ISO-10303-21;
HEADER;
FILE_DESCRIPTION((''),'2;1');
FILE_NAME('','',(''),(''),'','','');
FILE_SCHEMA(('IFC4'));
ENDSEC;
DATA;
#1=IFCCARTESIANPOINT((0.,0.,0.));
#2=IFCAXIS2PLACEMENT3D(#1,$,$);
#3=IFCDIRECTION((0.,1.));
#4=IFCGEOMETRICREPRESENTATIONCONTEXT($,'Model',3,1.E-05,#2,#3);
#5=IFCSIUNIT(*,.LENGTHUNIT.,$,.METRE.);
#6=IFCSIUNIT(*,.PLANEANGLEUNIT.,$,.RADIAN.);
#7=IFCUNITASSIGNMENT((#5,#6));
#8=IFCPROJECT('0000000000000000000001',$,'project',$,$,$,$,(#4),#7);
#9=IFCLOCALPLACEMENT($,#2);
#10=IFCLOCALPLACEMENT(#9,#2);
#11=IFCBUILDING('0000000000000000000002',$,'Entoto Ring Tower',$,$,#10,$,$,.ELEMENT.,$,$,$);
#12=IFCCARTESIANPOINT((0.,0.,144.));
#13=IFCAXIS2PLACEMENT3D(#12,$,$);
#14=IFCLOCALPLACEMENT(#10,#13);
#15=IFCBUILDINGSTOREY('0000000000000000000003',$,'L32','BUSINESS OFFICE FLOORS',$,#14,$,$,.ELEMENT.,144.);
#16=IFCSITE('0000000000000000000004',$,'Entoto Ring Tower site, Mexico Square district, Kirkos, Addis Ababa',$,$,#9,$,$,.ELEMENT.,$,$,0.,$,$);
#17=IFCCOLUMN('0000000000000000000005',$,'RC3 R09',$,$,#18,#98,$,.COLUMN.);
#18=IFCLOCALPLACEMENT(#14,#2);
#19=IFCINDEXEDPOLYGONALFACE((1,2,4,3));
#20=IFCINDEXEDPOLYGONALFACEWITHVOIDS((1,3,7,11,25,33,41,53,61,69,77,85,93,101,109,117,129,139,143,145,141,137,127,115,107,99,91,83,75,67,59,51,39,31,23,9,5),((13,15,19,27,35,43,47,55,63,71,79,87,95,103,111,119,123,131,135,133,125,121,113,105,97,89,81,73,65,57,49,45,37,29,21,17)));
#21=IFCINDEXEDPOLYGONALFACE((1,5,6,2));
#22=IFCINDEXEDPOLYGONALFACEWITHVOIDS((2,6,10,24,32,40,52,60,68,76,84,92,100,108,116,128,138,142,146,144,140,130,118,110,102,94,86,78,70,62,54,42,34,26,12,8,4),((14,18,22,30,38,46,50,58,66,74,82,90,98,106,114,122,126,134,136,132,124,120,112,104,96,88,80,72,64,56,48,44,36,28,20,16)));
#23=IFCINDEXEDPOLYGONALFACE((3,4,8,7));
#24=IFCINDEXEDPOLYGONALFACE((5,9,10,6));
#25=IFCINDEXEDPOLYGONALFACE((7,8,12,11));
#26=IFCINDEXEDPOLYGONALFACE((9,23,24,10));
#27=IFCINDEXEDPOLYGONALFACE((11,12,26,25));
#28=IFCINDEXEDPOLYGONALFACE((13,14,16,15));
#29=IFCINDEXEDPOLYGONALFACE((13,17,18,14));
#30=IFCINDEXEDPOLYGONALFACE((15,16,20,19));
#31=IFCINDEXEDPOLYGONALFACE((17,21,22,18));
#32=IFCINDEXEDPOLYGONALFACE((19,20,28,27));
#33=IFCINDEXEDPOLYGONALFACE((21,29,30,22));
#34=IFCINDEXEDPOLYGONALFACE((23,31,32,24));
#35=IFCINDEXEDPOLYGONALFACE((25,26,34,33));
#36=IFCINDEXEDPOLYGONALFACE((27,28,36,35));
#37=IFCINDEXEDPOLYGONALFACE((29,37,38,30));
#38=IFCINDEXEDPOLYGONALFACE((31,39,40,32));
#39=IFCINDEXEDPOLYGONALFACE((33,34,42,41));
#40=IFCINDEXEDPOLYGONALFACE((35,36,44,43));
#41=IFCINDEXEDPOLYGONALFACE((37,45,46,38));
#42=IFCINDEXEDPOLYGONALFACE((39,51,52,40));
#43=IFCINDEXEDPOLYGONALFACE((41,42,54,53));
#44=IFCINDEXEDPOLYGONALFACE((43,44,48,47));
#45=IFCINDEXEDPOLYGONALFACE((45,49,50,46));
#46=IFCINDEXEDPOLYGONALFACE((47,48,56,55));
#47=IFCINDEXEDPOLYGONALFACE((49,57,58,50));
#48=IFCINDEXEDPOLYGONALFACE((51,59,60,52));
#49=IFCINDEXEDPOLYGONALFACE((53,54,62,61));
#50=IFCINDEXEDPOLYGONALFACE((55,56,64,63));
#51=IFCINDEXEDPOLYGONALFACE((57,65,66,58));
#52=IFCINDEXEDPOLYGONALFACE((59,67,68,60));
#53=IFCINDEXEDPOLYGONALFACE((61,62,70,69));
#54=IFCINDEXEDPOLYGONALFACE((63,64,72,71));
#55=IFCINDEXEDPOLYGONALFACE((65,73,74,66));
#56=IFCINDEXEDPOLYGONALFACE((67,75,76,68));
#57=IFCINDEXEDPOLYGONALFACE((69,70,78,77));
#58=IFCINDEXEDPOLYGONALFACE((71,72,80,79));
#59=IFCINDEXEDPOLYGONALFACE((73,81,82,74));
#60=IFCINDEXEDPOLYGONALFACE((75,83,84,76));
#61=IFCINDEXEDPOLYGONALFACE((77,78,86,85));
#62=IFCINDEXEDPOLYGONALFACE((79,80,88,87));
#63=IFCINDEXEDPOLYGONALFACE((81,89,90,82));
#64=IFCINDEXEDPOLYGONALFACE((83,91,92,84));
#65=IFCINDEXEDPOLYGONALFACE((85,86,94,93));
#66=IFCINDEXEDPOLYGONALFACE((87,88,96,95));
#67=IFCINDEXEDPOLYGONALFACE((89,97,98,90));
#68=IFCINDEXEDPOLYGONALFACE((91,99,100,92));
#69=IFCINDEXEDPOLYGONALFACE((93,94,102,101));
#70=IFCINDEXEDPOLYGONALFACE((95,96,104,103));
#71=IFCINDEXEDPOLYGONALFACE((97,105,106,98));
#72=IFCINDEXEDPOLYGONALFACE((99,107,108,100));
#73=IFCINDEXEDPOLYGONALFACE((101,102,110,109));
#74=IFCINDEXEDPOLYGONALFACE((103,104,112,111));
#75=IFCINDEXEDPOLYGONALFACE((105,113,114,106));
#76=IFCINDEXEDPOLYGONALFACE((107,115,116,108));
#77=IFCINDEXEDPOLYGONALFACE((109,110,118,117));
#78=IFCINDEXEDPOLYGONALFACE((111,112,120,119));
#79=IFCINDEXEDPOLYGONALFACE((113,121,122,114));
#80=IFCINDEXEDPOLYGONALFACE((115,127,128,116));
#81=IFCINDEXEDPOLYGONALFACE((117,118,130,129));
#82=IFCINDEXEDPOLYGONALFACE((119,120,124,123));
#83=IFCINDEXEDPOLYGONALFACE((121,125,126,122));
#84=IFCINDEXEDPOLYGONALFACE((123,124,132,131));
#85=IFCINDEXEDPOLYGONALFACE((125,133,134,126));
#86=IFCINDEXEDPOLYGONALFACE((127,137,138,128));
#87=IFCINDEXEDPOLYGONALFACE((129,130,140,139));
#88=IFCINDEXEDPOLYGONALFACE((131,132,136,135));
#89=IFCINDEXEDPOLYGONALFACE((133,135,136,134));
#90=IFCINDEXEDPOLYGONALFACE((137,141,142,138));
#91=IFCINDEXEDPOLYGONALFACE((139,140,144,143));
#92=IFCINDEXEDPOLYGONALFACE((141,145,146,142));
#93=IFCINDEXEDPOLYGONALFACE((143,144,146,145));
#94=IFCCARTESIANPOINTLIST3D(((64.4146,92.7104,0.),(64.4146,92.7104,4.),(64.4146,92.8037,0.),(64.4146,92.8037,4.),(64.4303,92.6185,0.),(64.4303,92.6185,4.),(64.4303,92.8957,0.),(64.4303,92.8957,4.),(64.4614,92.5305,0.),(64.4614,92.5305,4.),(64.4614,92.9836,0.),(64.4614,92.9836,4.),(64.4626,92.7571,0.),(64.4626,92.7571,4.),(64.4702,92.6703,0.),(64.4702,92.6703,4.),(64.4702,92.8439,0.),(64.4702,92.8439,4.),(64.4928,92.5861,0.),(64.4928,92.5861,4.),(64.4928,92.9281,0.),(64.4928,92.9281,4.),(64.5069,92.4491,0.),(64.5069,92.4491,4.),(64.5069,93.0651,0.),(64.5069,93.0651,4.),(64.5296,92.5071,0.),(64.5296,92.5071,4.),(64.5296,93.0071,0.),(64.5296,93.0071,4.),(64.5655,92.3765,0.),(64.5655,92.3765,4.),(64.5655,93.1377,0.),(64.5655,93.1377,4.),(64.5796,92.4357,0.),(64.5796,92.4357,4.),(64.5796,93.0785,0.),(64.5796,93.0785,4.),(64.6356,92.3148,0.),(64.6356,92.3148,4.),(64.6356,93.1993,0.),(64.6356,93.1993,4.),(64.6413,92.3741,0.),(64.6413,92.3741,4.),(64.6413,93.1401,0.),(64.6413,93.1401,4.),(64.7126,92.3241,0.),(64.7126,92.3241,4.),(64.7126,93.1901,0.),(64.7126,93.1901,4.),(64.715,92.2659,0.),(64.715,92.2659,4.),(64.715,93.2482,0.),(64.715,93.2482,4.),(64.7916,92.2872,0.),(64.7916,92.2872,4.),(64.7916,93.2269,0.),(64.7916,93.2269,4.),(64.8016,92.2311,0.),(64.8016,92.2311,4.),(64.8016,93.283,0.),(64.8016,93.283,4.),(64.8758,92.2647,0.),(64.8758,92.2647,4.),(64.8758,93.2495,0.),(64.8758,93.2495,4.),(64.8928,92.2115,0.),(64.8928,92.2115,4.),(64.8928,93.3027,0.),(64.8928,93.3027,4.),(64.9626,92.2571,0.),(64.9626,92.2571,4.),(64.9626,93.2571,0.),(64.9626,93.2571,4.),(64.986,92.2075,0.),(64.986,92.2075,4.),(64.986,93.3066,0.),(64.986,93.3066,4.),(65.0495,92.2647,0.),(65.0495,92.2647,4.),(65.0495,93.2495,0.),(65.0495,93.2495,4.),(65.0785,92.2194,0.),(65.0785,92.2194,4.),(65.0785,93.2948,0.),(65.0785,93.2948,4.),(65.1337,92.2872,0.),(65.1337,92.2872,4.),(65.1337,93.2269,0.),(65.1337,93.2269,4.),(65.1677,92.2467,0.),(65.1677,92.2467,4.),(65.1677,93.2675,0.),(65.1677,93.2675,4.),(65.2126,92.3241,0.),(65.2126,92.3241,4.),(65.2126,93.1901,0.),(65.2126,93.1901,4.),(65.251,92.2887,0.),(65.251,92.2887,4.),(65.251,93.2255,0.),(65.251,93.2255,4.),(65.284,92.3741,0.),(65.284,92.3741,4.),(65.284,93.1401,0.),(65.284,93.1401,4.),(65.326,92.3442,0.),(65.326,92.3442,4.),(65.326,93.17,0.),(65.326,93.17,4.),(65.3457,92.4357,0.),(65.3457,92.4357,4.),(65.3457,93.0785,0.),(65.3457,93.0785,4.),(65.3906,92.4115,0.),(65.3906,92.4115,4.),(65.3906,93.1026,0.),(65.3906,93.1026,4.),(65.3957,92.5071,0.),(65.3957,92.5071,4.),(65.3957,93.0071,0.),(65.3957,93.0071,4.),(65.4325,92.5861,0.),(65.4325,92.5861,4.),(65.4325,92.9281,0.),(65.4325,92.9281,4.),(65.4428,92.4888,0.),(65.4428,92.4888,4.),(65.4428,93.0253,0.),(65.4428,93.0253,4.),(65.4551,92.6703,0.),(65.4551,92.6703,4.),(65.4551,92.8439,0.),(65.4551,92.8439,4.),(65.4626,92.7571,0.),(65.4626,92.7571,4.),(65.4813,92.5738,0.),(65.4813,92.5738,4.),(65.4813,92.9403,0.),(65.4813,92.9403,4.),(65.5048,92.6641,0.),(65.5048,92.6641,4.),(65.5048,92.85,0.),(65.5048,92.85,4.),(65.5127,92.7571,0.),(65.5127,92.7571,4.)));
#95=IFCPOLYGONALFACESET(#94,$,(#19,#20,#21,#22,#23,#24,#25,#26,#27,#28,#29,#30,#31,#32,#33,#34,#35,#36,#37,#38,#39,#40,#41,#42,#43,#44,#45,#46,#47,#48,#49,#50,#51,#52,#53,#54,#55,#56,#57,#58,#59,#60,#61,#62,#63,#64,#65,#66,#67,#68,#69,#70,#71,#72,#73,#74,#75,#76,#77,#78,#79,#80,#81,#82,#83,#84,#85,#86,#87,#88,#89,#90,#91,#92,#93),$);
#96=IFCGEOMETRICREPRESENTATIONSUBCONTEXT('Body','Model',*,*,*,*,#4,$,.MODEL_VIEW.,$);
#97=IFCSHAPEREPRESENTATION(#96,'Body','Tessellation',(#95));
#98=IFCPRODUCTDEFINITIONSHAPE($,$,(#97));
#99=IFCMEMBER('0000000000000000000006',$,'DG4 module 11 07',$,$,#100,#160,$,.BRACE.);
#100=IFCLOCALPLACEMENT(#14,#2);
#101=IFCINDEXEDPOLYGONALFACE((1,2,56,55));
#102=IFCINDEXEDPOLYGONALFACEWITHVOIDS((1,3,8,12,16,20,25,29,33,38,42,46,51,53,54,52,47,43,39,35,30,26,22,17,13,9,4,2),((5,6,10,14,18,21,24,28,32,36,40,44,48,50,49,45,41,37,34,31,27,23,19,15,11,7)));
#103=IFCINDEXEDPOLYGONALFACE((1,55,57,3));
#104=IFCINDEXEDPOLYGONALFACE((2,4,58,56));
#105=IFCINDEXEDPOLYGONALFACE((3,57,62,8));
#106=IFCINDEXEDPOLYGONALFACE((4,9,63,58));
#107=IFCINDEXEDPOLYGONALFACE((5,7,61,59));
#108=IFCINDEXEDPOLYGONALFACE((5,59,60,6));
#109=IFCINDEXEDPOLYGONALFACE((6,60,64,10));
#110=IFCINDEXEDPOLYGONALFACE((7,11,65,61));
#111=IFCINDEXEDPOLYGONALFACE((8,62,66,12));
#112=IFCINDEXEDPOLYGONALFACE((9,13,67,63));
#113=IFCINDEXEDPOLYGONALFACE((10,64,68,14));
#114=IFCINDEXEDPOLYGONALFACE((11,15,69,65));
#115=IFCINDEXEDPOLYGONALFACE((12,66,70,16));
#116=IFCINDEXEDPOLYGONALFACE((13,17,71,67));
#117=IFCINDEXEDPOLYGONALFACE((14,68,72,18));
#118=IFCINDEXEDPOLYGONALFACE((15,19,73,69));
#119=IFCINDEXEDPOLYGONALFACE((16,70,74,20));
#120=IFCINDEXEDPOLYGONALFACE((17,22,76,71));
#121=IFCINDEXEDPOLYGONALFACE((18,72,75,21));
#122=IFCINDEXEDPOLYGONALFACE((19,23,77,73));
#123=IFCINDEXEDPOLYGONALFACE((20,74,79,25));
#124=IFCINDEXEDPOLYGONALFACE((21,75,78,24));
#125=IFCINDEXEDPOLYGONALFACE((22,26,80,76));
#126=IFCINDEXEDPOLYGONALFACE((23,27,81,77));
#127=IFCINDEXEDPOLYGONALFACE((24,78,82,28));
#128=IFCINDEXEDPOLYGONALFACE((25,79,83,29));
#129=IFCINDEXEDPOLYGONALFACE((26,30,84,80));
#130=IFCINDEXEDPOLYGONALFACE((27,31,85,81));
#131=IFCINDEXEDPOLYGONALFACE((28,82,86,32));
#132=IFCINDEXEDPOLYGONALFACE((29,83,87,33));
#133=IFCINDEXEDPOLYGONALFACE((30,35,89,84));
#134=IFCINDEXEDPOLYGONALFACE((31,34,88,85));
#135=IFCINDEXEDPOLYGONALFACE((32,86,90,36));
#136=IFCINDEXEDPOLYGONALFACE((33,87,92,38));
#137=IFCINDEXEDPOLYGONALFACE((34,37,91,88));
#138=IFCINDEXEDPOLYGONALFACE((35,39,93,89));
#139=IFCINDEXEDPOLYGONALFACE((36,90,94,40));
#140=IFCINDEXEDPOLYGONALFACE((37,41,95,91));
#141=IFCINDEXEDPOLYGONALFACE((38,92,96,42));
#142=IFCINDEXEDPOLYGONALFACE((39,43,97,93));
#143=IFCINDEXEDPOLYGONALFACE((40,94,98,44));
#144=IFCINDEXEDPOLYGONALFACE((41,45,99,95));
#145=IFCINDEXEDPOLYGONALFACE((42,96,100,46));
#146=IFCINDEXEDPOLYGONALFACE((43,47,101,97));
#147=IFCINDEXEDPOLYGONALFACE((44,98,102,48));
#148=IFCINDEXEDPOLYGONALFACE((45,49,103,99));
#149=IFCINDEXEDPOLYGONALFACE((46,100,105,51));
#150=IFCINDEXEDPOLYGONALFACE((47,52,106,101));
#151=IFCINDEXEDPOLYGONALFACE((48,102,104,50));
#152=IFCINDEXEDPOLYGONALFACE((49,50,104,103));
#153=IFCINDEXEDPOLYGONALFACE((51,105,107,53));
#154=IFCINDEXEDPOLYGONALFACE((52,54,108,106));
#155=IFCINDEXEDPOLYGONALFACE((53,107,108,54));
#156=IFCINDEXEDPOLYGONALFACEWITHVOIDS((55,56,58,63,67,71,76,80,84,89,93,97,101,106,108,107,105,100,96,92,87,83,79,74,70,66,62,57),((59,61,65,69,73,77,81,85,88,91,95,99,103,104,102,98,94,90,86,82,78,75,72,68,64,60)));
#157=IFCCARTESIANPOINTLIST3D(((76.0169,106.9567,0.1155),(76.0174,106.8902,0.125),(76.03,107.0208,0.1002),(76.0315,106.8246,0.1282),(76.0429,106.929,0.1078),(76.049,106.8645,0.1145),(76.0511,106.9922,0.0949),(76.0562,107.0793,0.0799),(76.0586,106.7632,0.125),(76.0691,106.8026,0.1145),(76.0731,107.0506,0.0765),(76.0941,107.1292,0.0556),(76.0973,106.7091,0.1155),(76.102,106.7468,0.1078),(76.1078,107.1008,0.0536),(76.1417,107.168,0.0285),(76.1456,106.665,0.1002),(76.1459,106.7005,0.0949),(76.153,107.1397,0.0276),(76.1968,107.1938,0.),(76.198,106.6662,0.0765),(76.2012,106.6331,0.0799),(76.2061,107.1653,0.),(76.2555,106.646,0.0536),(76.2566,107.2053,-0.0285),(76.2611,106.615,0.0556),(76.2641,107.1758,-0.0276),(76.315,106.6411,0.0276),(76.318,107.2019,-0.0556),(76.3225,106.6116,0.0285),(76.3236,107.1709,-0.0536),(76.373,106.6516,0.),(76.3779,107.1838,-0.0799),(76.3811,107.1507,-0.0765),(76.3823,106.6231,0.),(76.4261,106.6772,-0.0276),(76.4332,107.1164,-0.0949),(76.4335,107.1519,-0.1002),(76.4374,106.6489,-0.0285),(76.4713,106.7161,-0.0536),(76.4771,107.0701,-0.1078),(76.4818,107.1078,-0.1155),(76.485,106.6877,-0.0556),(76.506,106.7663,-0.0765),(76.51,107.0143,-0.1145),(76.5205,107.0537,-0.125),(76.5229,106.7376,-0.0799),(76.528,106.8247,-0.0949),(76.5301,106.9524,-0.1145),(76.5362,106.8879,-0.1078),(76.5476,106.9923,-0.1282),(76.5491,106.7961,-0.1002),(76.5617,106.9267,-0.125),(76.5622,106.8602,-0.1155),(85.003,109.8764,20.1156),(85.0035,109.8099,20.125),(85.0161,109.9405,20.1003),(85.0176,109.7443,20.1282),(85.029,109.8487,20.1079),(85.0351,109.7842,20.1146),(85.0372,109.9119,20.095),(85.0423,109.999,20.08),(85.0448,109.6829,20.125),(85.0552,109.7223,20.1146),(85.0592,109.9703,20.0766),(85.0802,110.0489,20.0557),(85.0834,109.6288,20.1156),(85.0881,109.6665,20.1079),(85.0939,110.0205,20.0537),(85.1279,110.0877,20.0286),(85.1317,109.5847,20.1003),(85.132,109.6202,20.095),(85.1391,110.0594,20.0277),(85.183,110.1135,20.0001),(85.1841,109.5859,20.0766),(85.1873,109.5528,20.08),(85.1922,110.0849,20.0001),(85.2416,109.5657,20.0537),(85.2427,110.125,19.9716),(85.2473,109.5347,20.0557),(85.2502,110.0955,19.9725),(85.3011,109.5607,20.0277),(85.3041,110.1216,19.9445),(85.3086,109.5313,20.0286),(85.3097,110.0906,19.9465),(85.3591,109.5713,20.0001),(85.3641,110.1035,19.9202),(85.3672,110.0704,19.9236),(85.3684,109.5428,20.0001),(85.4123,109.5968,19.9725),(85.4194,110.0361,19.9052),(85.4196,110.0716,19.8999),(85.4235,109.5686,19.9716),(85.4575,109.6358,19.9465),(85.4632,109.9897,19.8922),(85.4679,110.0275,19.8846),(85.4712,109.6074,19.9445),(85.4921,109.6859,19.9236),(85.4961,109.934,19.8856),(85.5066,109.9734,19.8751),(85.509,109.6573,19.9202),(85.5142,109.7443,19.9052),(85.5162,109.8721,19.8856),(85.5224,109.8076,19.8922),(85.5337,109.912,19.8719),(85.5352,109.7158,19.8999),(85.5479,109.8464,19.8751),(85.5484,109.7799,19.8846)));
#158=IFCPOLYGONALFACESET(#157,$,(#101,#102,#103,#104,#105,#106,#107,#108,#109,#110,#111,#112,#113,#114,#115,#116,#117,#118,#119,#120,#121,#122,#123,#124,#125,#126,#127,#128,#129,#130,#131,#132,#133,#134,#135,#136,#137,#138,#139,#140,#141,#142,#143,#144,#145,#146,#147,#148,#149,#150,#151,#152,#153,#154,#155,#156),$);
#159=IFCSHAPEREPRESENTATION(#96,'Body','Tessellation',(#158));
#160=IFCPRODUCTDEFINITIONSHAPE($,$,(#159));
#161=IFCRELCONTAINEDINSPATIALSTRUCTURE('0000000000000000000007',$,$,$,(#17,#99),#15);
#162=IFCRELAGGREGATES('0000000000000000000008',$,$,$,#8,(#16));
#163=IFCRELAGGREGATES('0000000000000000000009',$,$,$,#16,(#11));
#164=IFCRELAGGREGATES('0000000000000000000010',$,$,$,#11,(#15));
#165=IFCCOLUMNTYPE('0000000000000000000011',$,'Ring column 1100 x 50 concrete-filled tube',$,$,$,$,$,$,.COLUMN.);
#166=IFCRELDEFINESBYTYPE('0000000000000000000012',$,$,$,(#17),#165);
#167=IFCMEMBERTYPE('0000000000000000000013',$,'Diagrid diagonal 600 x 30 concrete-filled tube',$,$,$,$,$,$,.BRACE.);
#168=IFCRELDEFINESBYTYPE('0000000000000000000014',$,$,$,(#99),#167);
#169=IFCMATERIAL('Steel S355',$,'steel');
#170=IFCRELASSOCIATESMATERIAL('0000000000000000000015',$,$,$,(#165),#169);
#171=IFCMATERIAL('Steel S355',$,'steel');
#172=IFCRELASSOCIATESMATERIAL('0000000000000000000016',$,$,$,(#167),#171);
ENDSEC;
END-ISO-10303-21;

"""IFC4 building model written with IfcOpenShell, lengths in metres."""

from ifc_helpers import new_model, si_unit, direction, frame, origin, origin_2d, place, context, subcontext, project, spatial, circle, hollow_circle, extrude, material, material_profile, profile_set, type_object, element, save


model = new_model("IFC4")

# Units and contexts
model_context = context("Model", 3, precision=1e-05, world=origin(), true_north=direction((0.0, 1.0)))
body_context = subcontext(model_context, "Body", "Model", "MODEL_VIEW")
ifc_project = project(units=[si_unit("LENGTHUNIT", "METRE"), si_unit("PLANEANGLEUNIT", "RADIAN")], contexts=[model_context])

# Site, building, storey
site_placement = place(None, origin())
site = spatial("IfcSite", under=ifc_project, at=site_placement, Name="Entoto Ring Tower site, Mexico Square district, Kirkos, Addis Ababa", CompositionType="ELEMENT", RefElevation=0.0)
building_placement = place(site_placement, origin())
building = spatial("IfcBuilding", under=site, at=building_placement, Name="Entoto Ring Tower", CompositionType="ELEMENT")
storey_placement = place(building_placement, frame((0.0, 0.0, 144.0)))
storey = spatial("IfcBuildingStorey", under=building, at=storey_placement, Name="L32", Description="BUSINESS OFFICE FLOORS", CompositionType="ELEMENT", Elevation=144.0)

# Column
ifc_material_1 = material(Name="Steel S355", Category="steel")
ifc_material_profile_1 = material_profile(ifc_material_1, hollow_circle(Radius=0.55, WallThickness=0.05, at=origin_2d()), Name="CHS 1100 x 50")
ifc_material_2 = material(Name="Concrete C60/75", Category="concrete")
ifc_material_profile_2 = material_profile(ifc_material_2, circle(Radius=0.5, at=origin_2d()), Name="Concrete C60/75 infill")
ifc_profile_set_1 = profile_set([ifc_material_profile_1, ifc_material_profile_2], Name="Steel S355")
column_type = type_object("IfcColumnType", Name="Ring column 1100 x 50 concrete-filled tube", PredefinedType="COLUMN", material=ifc_profile_set_1)
for number, where, z_axis, x_axis, name in (
    (1, (64.9626, 92.7571, 0.0), (0.0, 0.0, 1.0), (1.0, 0.0, 0.0), "RC3 R09"),
):
    element("IfcColumn", number, at=place(storey_placement, frame(where, z_axis=z_axis, x_axis=x_axis)), inside=storey, type_object=column_type, Name=name, PredefinedType="COLUMN", context=body_context, shape_type="SweptSolid", body=[
        extrude(hollow_circle(Radius=0.55, WallThickness=0.05, at=origin_2d()), origin(), (0.0, 0.0, 1.0), 4.0),
    ])

# Member
ifc_material_3 = material(Name="Steel S355", Category="steel")
ifc_material_profile_3 = material_profile(ifc_material_3, hollow_circle(Radius=0.3, WallThickness=0.03, at=origin_2d()), Name="CHS 600 x 30")
ifc_material_4 = material(Name="Concrete C60/75", Category="concrete")
ifc_material_profile_4 = material_profile(ifc_material_4, circle(Radius=0.27, at=origin_2d()), Name="Concrete C60/75 infill")
ifc_profile_set_2 = profile_set([ifc_material_profile_3, ifc_material_profile_4], Name="Steel S355")
member_type_1 = type_object("IfcMemberType", Name="Diagrid diagonal 600 x 30 concrete-filled tube", PredefinedType="BRACE", material=ifc_profile_set_2)
for number, where, z_axis, x_axis, name in (
    (2, (76.2896, 106.9084, 0.0), (0.406251, 0.131995, 0.904178), (-0.30901, 0.951059, 0.0), "DG4 module 11 07"),
):
    element("IfcMember", number, at=place(storey_placement, frame(where, z_axis=z_axis, x_axis=x_axis)), inside=storey, type_object=member_type_1, Name=name, PredefinedType="BRACE", context=body_context, shape_type="SweptSolid", body=[
        extrude(hollow_circle(Radius=0.3, WallThickness=0.03, at=origin_2d()), origin(), (0.0, 0.0, 1.0), 22.1196),
    ])

save(model, "model.ifc")
